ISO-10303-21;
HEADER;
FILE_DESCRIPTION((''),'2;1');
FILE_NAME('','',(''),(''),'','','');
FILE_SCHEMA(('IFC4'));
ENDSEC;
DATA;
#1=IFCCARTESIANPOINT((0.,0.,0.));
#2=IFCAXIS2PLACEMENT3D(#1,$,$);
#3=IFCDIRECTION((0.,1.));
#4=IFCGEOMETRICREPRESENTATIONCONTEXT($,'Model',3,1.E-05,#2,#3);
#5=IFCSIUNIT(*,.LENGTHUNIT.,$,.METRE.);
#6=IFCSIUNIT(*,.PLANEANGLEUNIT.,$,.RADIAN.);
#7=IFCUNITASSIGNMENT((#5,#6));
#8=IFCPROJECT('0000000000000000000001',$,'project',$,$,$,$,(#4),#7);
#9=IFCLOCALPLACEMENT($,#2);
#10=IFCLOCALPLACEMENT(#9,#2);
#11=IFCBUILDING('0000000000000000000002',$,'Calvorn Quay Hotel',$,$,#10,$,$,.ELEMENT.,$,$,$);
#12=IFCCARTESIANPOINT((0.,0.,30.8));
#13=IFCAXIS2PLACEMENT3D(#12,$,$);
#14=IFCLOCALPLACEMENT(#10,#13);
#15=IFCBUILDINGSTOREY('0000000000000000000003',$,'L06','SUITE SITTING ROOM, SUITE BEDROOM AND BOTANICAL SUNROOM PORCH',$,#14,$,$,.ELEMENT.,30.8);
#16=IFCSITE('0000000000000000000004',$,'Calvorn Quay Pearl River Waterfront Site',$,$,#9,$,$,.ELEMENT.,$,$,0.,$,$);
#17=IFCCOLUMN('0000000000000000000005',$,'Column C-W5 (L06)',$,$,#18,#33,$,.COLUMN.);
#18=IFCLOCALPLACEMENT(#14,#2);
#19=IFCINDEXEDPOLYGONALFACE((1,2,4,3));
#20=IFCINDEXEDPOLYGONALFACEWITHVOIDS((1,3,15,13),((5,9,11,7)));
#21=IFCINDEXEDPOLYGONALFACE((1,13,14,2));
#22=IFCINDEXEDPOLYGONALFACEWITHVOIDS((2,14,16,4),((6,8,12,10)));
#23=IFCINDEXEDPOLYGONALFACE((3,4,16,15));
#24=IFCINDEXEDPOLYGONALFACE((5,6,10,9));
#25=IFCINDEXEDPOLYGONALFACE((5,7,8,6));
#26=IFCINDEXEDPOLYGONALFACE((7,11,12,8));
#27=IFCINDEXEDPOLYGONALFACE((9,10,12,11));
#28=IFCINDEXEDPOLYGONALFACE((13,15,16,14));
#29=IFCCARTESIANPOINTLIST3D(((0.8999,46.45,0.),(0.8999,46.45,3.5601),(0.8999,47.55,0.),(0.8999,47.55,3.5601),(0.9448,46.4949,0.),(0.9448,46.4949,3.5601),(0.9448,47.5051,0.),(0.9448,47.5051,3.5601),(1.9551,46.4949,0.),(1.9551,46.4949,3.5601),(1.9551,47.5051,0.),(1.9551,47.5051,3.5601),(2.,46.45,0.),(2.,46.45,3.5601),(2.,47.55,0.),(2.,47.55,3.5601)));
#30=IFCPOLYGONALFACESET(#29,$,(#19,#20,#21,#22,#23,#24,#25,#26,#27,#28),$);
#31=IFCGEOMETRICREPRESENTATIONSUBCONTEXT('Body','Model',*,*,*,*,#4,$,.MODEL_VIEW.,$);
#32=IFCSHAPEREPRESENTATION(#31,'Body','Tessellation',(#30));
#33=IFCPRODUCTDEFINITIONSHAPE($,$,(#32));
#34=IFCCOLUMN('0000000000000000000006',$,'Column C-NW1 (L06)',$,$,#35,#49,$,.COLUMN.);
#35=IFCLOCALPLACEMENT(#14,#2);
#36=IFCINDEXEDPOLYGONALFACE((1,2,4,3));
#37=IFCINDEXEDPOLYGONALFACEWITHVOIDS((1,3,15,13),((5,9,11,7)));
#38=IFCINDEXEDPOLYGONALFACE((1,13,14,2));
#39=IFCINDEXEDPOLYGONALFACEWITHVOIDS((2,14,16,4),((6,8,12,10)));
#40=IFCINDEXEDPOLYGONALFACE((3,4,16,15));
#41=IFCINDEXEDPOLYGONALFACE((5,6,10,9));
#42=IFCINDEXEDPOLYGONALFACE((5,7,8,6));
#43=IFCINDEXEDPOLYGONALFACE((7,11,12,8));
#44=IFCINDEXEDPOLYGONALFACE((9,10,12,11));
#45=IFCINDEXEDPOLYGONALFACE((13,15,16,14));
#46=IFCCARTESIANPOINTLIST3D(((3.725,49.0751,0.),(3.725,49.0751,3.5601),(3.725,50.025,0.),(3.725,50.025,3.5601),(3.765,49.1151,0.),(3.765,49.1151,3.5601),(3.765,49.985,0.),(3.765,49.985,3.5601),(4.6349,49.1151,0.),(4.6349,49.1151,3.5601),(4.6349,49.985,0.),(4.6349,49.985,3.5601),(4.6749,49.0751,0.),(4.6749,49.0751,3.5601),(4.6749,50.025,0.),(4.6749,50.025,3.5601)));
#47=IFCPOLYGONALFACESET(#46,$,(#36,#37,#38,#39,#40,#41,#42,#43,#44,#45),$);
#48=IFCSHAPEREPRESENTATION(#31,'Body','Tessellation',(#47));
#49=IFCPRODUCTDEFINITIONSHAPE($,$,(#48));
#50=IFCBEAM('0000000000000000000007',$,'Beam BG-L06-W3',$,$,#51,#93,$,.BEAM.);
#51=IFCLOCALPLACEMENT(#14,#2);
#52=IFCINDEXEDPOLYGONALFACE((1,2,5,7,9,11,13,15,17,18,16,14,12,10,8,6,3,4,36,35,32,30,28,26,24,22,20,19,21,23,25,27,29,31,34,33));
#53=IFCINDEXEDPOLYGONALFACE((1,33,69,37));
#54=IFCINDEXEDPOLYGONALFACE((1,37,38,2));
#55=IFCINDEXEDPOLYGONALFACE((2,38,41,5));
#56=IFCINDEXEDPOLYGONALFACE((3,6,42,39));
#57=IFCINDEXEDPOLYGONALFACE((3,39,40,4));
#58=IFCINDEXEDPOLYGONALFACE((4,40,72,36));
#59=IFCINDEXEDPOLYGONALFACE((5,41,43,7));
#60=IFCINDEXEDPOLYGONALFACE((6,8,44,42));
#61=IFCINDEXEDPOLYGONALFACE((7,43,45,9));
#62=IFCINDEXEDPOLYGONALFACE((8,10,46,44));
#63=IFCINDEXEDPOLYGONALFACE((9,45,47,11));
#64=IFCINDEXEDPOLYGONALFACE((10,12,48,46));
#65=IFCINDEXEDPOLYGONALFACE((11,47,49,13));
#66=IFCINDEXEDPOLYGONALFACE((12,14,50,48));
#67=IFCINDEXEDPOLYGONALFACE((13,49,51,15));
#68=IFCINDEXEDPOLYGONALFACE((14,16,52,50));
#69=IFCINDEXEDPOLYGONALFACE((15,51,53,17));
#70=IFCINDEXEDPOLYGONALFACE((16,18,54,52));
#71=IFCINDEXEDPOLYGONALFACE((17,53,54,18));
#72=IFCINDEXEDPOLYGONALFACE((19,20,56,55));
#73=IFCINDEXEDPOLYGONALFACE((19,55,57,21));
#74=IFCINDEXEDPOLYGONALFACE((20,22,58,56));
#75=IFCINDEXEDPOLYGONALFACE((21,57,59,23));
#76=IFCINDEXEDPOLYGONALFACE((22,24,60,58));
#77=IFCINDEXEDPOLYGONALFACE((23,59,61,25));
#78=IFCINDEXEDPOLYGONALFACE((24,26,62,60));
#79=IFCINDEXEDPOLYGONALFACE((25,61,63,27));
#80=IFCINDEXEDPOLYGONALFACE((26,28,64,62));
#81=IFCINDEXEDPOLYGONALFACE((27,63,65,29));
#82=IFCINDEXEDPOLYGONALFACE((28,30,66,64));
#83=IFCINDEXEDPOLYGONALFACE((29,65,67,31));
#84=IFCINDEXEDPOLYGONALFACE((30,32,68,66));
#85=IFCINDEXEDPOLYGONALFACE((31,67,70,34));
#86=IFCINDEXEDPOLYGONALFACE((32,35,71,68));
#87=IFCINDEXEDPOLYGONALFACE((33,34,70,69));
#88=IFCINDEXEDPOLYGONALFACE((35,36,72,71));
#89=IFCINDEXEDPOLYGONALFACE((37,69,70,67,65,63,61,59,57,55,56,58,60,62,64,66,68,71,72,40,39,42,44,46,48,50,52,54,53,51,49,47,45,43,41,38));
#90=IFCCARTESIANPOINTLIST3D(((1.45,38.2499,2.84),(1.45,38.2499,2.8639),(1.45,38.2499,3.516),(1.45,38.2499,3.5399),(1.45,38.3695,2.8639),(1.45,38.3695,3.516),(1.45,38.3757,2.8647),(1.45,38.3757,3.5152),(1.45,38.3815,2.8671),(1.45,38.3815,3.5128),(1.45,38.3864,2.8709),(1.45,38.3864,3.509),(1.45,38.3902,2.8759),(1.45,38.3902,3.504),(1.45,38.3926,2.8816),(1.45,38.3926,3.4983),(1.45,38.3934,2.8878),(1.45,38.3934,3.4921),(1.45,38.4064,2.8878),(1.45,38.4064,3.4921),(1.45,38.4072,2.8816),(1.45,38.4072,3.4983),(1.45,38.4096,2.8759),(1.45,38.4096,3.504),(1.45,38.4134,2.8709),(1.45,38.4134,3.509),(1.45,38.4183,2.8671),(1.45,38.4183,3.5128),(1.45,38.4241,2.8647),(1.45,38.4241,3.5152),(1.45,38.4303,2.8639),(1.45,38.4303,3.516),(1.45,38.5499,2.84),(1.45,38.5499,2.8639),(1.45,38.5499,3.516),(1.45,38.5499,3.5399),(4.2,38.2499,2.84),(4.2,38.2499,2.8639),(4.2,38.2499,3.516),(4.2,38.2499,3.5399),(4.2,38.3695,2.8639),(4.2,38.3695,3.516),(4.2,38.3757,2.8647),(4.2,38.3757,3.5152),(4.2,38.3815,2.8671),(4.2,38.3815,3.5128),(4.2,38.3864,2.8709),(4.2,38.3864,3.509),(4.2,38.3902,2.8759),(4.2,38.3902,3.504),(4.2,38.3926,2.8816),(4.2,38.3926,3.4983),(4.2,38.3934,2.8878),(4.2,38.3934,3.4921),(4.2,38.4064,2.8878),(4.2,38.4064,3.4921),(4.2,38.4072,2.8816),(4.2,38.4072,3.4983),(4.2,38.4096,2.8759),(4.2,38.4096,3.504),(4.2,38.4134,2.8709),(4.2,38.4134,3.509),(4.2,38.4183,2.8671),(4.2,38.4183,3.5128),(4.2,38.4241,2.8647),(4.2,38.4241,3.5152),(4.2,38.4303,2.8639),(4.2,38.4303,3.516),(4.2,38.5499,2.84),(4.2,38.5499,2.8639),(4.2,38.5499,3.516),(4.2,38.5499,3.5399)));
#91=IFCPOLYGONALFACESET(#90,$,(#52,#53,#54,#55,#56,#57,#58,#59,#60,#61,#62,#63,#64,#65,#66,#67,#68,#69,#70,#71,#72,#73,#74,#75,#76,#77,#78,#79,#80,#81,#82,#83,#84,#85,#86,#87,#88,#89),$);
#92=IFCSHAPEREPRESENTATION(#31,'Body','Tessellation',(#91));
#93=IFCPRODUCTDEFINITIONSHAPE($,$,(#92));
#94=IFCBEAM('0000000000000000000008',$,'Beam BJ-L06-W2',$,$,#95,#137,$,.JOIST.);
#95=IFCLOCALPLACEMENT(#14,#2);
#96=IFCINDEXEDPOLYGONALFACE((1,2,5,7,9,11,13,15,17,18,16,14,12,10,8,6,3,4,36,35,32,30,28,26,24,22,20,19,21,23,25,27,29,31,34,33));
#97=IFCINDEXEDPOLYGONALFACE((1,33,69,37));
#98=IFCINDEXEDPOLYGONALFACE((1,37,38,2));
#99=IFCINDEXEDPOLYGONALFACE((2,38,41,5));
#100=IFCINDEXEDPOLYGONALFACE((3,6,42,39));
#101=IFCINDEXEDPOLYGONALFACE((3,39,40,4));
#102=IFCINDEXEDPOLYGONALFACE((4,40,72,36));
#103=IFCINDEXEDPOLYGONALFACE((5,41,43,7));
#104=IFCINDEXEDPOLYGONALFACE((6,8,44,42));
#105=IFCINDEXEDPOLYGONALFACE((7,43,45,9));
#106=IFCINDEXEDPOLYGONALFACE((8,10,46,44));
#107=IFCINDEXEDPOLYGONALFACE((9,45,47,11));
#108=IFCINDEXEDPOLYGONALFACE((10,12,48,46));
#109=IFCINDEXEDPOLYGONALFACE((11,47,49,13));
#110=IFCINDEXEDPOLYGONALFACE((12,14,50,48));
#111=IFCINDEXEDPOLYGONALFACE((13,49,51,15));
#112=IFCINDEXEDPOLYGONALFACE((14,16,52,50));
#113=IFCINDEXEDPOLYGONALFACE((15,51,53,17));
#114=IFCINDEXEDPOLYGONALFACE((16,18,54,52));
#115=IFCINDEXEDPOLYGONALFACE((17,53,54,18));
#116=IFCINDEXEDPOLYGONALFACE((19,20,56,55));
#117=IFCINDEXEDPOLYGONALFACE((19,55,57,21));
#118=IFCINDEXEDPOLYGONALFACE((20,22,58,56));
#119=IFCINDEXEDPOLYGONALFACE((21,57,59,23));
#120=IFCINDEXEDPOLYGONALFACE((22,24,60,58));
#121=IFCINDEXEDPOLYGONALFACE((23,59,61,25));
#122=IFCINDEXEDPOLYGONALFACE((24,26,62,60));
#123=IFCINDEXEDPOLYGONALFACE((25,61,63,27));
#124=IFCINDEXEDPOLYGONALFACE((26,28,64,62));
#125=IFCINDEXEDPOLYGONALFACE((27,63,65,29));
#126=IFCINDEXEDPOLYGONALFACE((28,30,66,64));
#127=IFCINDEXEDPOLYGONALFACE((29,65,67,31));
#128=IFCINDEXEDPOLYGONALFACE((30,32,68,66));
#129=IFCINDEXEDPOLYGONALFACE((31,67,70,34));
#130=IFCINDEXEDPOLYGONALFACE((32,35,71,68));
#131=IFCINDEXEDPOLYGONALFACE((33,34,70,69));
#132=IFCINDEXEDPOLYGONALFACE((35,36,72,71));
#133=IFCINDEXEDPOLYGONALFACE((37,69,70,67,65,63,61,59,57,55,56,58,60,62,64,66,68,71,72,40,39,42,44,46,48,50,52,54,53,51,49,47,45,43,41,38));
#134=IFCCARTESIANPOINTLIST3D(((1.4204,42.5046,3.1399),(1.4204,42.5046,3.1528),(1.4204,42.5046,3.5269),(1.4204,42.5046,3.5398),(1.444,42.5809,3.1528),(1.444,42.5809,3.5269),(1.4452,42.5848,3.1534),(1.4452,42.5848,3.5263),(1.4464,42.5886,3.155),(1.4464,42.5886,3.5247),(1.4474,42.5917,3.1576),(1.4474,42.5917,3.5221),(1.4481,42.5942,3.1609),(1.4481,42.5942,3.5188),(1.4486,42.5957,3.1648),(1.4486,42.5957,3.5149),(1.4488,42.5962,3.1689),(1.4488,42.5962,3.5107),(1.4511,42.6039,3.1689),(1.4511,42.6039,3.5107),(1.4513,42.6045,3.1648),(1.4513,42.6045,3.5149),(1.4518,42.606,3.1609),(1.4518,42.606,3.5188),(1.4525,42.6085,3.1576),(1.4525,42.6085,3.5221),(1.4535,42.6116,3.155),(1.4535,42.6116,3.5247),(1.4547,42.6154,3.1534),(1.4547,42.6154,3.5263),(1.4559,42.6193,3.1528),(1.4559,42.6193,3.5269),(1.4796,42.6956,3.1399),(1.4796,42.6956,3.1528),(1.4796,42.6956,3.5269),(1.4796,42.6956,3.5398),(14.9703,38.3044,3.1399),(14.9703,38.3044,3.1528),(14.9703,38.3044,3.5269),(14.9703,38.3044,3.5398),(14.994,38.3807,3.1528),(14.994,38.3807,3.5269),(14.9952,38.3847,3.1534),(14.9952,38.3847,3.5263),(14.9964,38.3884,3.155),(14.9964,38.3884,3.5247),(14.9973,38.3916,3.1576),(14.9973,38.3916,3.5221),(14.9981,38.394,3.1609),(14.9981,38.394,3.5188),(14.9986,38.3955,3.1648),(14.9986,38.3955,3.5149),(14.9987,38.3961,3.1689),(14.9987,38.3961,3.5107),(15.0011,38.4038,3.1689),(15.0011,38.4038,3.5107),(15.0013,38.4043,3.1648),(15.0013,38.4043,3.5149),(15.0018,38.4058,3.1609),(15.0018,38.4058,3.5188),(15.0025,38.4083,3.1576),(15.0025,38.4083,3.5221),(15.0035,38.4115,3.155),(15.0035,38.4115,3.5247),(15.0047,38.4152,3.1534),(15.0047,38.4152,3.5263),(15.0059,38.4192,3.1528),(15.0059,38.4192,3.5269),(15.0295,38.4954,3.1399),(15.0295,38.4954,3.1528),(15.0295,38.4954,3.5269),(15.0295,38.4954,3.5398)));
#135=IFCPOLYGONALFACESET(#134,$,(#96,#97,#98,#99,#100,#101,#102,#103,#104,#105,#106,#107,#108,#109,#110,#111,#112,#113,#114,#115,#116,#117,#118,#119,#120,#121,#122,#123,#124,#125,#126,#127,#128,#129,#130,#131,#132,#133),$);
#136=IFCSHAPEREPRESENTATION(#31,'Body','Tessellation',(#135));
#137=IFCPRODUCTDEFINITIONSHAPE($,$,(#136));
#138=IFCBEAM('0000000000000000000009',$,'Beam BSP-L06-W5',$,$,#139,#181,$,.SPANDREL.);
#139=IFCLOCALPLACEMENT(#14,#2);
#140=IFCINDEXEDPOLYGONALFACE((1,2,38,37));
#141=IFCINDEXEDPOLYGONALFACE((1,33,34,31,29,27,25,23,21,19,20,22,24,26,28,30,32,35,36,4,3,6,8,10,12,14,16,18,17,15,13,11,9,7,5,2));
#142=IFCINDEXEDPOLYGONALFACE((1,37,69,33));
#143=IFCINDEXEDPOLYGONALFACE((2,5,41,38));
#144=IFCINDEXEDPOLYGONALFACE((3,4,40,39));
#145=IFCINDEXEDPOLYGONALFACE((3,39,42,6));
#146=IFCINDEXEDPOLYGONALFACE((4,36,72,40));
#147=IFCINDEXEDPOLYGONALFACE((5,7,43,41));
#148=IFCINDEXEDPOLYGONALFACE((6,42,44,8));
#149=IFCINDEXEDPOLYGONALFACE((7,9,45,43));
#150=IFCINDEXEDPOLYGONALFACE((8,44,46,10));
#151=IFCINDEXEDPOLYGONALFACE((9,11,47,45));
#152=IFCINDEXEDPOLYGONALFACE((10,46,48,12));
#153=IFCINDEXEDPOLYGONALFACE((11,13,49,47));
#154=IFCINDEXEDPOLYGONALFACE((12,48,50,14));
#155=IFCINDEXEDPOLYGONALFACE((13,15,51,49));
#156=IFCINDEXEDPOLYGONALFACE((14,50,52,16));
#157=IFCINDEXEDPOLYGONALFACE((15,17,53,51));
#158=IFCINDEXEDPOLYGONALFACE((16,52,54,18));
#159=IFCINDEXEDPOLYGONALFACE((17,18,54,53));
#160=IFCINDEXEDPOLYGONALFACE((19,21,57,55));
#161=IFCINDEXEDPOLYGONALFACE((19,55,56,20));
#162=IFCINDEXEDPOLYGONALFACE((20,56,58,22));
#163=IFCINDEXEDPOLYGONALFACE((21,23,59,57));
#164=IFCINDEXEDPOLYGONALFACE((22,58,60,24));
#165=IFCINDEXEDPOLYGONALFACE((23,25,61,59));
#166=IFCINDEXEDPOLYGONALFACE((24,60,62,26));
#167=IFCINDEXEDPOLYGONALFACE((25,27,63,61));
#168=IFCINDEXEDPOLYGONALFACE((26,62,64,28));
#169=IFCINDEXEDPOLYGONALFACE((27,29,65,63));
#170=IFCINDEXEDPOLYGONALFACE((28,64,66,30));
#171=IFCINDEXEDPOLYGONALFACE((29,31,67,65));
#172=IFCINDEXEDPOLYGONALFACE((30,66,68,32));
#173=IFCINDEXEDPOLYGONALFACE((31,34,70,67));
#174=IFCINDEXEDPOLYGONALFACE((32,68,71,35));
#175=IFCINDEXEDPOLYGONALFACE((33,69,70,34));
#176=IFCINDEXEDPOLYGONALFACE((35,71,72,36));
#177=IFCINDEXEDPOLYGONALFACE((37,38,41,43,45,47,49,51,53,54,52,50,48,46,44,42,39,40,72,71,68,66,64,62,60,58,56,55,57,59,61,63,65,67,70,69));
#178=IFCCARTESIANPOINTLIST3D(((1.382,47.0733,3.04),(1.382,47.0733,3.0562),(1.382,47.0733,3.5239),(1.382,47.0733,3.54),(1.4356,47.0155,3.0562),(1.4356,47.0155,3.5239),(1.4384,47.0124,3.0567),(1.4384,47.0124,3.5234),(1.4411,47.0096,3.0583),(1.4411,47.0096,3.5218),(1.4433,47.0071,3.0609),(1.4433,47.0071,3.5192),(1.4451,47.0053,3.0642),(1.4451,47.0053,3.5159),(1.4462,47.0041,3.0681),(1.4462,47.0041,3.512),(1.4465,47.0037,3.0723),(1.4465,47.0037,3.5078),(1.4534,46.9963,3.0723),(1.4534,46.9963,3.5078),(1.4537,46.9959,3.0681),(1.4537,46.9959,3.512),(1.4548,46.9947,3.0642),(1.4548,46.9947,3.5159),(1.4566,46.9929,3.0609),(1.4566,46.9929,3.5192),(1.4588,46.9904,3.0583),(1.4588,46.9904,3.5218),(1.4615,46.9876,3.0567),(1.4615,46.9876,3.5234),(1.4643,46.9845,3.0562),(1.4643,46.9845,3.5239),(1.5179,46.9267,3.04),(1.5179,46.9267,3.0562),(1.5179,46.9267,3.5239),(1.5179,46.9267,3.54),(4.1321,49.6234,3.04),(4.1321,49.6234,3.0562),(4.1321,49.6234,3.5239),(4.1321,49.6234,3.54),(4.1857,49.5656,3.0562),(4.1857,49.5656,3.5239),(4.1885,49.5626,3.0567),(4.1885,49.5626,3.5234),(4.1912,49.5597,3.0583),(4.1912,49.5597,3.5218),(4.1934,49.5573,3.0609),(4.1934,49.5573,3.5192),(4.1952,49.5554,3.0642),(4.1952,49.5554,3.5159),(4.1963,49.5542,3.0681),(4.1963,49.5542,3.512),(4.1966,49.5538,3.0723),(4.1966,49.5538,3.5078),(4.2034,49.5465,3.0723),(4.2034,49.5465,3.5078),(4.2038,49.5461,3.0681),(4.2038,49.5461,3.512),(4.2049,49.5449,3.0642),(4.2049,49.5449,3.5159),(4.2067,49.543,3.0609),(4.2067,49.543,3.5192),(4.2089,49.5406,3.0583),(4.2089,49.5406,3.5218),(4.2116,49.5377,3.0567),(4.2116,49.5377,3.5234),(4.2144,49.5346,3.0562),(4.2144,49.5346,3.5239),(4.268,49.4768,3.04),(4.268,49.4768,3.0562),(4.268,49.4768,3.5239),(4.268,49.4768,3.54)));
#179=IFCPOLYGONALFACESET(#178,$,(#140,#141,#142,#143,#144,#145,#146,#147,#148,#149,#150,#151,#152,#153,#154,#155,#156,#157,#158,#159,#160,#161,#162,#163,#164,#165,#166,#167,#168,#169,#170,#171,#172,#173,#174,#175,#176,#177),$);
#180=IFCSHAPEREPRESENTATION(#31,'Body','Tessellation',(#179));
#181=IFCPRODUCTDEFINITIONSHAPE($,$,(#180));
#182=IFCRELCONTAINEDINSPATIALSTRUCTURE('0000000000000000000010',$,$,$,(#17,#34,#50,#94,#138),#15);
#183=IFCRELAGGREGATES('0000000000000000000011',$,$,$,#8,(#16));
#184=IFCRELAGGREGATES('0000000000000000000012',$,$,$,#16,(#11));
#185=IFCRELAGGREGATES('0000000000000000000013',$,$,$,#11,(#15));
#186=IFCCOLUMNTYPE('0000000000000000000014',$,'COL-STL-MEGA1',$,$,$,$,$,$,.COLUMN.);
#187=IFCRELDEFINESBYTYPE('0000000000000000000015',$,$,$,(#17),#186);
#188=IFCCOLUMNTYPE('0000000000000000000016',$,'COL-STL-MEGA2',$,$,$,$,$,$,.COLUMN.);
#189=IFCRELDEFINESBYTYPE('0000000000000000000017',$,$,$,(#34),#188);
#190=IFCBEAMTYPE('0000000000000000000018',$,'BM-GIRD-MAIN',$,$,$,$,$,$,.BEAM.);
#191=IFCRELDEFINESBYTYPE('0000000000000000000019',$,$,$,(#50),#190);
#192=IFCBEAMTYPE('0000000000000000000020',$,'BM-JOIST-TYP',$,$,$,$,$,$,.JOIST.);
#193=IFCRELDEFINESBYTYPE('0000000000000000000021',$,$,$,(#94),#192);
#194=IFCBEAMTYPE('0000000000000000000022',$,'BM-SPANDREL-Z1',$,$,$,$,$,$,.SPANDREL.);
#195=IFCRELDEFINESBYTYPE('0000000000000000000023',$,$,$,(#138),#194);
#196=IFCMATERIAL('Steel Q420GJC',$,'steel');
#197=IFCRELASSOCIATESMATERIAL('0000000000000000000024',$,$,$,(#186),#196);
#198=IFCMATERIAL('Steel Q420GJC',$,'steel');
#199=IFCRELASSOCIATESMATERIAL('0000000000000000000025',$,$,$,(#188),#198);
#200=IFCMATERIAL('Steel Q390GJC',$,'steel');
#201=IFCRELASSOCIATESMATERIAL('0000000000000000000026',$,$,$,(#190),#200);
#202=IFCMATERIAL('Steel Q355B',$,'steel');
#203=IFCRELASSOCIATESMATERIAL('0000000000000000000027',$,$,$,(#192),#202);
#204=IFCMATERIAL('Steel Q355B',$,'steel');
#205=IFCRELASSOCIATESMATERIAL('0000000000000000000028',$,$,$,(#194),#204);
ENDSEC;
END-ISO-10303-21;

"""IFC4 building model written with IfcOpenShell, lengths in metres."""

from ifc_helpers import new_model, si_unit, direction, frame, origin, origin_2d, place, context, subcontext, project, spatial, hollow_rectangle, i_section, extrude, material, material_profile, profile_set, type_object, element, save


model = new_model("IFC4")

# Units and contexts
model_context = context("Model", 3, precision=1e-05, world=origin(), true_north=direction((0.0, 1.0)))
body_context = subcontext(model_context, "Body", "Model", "MODEL_VIEW")
ifc_project = project(units=[si_unit("LENGTHUNIT", "METRE"), si_unit("PLANEANGLEUNIT", "RADIAN")], contexts=[model_context])

# Site, building, storey
site_placement = place(None, origin())
site = spatial("IfcSite", under=ifc_project, at=site_placement, Name="Calvorn Quay Pearl River Waterfront Site", CompositionType="ELEMENT", RefElevation=0.0)
building_placement = place(site_placement, origin())
building = spatial("IfcBuilding", under=site, at=building_placement, Name="Calvorn Quay Hotel", CompositionType="ELEMENT")
storey_placement = place(building_placement, frame((0.0, 0.0, 30.8)))
storey = spatial("IfcBuildingStorey", under=building, at=storey_placement, Name="L06", Description="SUITE SITTING ROOM, SUITE BEDROOM AND BOTANICAL SUNROOM PORCH", CompositionType="ELEMENT", Elevation=30.8)

# Columns
ifc_material_1 = material(Name="Steel Q420GJC", Category="steel")
ifc_material_profile_1 = material_profile(ifc_material_1, hollow_rectangle(XDim=1.1001, YDim=1.1001, WallThickness=0.0449, at=origin_2d()), Name="BOX1100x1100x45")
ifc_profile_set_1 = profile_set([ifc_material_profile_1], Name="Steel Q420GJC")
column_type_1 = type_object("IfcColumnType", Name="COL-STL-MEGA1", PredefinedType="COLUMN", material=ifc_profile_set_1)
column_1_placement = place(storey_placement, frame((1.45, 47.0, 0.0), z_axis=(0.0, 0.0, 1.0), x_axis=(1.0, 0.0, 0.0)))
element("IfcColumn", 1, at=column_1_placement, inside=storey, type_object=column_type_1, Name="Column C-W5 (L06)", PredefinedType="COLUMN", context=body_context, shape_type="SweptSolid", body=[
    extrude(hollow_rectangle(XDim=1.1001, YDim=1.1001, WallThickness=0.0449, at=origin_2d()), origin(), (0.0, 0.0, 1.0), 3.5601),
])
ifc_material_2 = material(Name="Steel Q420GJC", Category="steel")
ifc_material_profile_2 = material_profile(ifc_material_2, hollow_rectangle(XDim=0.95, YDim=0.95, WallThickness=0.04, at=origin_2d()), Name="BOX950x950x40")
ifc_profile_set_2 = profile_set([ifc_material_profile_2], Name="Steel Q420GJC")
column_type_2 = type_object("IfcColumnType", Name="COL-STL-MEGA2", PredefinedType="COLUMN", material=ifc_profile_set_2)
column_2_placement = place(storey_placement, frame((4.2, 49.55, 0.0), z_axis=(0.0, 0.0, 1.0), x_axis=(1.0, 0.0, 0.0)))
element("IfcColumn", 2, at=column_2_placement, inside=storey, type_object=column_type_2, Name="Column C-NW1 (L06)", PredefinedType="COLUMN", context=body_context, shape_type="SweptSolid", body=[
    extrude(hollow_rectangle(XDim=0.95, YDim=0.95, WallThickness=0.04, at=origin_2d()), origin(), (0.0, 0.0, 1.0), 3.5601),
])

# Beams
ifc_material_3 = material(Name="Steel Q390GJC", Category="steel")
ifc_material_profile_3 = material_profile(ifc_material_3, i_section(OverallWidth=0.3, OverallDepth=0.7, WebThickness=0.0129, FlangeThickness=0.0239, FilletRadius=0.0239, at=origin_2d()), Name="HN700x300x13x24")
ifc_profile_set_3 = profile_set([ifc_material_profile_3], Name="Steel Q390GJC")
beam_type_1 = type_object("IfcBeamType", Name="BM-GIRD-MAIN", PredefinedType="BEAM", material=ifc_profile_set_3)
beam_1_placement = place(storey_placement, frame((1.45, 38.3999, 3.1899), z_axis=(1.0, 0.0, 0.0), x_axis=(0.0, 1.0, 0.0)))
element("IfcBeam", 3, at=beam_1_placement, inside=storey, type_object=beam_type_1, Name="Beam BG-L06-W3", PredefinedType="BEAM", context=body_context, shape_type="SweptSolid", body=[
    extrude(i_section(OverallWidth=0.3, OverallDepth=0.7, WebThickness=0.0129, FlangeThickness=0.0239, FilletRadius=0.0239, at=origin_2d()), origin(), (0.0, 0.0, 1.0), 2.75),
])
ifc_material_4 = material(Name="Steel Q355B", Category="steel")
ifc_material_profile_4 = material_profile(ifc_material_4, i_section(OverallWidth=0.2, OverallDepth=0.3999, WebThickness=0.0081, FlangeThickness=0.0129, FilletRadius=0.0161, at=origin_2d()), Name="HN400x200x8x13")
ifc_profile_set_4 = profile_set([ifc_material_profile_4], Name="Steel Q355B")
beam_type_2 = type_object("IfcBeamType", Name="BM-JOIST-TYP", PredefinedType="JOIST", material=ifc_profile_set_4)
beam_2_placement = place(storey_placement, frame((1.45, 42.6001, 3.3398), z_axis=(0.955164, -0.296078, 0.0), x_axis=(0.296078, 0.955164, 0.0)))
element("IfcBeam", 4, at=beam_2_placement, inside=storey, type_object=beam_type_2, Name="Beam BJ-L06-W2", PredefinedType="JOIST", context=body_context, shape_type="SweptSolid", body=[
    extrude(i_section(OverallWidth=0.2, OverallDepth=0.3999, WebThickness=0.0081, FlangeThickness=0.0129, FilletRadius=0.0161, at=origin_2d()), origin(), (0.0, 0.0, 1.0), 14.186),
])
ifc_material_5 = material(Name="Steel Q355B", Category="steel")
ifc_material_profile_5 = material_profile(ifc_material_5, i_section(OverallWidth=0.2, OverallDepth=0.5, WebThickness=0.01, FlangeThickness=0.0161, FilletRadius=0.0161, at=origin_2d()), Name="HN500x200x10x16")
ifc_profile_set_5 = profile_set([ifc_material_profile_5], Name="Steel Q355B")
beam_type_3 = type_object("IfcBeamType", Name="BM-SPANDREL-Z1", PredefinedType="SPANDREL", material=ifc_profile_set_5)
beam_3_placement = place(storey_placement, frame((1.45, 47.0, 3.29), z_axis=(0.733262, 0.679947, 0.0), x_axis=(-0.679947, 0.733262, 0.0)))
element("IfcBeam", 5, at=beam_3_placement, inside=storey, type_object=beam_type_3, Name="Beam BSP-L06-W5", PredefinedType="SPANDREL", context=body_context, shape_type="SweptSolid", body=[
    extrude(i_section(OverallWidth=0.2, OverallDepth=0.5, WebThickness=0.01, FlangeThickness=0.0161, FilletRadius=0.0161, at=origin_2d()), origin(), (0.0, 0.0, 1.0), 3.7505),
])

save(model, "model.ifc")
